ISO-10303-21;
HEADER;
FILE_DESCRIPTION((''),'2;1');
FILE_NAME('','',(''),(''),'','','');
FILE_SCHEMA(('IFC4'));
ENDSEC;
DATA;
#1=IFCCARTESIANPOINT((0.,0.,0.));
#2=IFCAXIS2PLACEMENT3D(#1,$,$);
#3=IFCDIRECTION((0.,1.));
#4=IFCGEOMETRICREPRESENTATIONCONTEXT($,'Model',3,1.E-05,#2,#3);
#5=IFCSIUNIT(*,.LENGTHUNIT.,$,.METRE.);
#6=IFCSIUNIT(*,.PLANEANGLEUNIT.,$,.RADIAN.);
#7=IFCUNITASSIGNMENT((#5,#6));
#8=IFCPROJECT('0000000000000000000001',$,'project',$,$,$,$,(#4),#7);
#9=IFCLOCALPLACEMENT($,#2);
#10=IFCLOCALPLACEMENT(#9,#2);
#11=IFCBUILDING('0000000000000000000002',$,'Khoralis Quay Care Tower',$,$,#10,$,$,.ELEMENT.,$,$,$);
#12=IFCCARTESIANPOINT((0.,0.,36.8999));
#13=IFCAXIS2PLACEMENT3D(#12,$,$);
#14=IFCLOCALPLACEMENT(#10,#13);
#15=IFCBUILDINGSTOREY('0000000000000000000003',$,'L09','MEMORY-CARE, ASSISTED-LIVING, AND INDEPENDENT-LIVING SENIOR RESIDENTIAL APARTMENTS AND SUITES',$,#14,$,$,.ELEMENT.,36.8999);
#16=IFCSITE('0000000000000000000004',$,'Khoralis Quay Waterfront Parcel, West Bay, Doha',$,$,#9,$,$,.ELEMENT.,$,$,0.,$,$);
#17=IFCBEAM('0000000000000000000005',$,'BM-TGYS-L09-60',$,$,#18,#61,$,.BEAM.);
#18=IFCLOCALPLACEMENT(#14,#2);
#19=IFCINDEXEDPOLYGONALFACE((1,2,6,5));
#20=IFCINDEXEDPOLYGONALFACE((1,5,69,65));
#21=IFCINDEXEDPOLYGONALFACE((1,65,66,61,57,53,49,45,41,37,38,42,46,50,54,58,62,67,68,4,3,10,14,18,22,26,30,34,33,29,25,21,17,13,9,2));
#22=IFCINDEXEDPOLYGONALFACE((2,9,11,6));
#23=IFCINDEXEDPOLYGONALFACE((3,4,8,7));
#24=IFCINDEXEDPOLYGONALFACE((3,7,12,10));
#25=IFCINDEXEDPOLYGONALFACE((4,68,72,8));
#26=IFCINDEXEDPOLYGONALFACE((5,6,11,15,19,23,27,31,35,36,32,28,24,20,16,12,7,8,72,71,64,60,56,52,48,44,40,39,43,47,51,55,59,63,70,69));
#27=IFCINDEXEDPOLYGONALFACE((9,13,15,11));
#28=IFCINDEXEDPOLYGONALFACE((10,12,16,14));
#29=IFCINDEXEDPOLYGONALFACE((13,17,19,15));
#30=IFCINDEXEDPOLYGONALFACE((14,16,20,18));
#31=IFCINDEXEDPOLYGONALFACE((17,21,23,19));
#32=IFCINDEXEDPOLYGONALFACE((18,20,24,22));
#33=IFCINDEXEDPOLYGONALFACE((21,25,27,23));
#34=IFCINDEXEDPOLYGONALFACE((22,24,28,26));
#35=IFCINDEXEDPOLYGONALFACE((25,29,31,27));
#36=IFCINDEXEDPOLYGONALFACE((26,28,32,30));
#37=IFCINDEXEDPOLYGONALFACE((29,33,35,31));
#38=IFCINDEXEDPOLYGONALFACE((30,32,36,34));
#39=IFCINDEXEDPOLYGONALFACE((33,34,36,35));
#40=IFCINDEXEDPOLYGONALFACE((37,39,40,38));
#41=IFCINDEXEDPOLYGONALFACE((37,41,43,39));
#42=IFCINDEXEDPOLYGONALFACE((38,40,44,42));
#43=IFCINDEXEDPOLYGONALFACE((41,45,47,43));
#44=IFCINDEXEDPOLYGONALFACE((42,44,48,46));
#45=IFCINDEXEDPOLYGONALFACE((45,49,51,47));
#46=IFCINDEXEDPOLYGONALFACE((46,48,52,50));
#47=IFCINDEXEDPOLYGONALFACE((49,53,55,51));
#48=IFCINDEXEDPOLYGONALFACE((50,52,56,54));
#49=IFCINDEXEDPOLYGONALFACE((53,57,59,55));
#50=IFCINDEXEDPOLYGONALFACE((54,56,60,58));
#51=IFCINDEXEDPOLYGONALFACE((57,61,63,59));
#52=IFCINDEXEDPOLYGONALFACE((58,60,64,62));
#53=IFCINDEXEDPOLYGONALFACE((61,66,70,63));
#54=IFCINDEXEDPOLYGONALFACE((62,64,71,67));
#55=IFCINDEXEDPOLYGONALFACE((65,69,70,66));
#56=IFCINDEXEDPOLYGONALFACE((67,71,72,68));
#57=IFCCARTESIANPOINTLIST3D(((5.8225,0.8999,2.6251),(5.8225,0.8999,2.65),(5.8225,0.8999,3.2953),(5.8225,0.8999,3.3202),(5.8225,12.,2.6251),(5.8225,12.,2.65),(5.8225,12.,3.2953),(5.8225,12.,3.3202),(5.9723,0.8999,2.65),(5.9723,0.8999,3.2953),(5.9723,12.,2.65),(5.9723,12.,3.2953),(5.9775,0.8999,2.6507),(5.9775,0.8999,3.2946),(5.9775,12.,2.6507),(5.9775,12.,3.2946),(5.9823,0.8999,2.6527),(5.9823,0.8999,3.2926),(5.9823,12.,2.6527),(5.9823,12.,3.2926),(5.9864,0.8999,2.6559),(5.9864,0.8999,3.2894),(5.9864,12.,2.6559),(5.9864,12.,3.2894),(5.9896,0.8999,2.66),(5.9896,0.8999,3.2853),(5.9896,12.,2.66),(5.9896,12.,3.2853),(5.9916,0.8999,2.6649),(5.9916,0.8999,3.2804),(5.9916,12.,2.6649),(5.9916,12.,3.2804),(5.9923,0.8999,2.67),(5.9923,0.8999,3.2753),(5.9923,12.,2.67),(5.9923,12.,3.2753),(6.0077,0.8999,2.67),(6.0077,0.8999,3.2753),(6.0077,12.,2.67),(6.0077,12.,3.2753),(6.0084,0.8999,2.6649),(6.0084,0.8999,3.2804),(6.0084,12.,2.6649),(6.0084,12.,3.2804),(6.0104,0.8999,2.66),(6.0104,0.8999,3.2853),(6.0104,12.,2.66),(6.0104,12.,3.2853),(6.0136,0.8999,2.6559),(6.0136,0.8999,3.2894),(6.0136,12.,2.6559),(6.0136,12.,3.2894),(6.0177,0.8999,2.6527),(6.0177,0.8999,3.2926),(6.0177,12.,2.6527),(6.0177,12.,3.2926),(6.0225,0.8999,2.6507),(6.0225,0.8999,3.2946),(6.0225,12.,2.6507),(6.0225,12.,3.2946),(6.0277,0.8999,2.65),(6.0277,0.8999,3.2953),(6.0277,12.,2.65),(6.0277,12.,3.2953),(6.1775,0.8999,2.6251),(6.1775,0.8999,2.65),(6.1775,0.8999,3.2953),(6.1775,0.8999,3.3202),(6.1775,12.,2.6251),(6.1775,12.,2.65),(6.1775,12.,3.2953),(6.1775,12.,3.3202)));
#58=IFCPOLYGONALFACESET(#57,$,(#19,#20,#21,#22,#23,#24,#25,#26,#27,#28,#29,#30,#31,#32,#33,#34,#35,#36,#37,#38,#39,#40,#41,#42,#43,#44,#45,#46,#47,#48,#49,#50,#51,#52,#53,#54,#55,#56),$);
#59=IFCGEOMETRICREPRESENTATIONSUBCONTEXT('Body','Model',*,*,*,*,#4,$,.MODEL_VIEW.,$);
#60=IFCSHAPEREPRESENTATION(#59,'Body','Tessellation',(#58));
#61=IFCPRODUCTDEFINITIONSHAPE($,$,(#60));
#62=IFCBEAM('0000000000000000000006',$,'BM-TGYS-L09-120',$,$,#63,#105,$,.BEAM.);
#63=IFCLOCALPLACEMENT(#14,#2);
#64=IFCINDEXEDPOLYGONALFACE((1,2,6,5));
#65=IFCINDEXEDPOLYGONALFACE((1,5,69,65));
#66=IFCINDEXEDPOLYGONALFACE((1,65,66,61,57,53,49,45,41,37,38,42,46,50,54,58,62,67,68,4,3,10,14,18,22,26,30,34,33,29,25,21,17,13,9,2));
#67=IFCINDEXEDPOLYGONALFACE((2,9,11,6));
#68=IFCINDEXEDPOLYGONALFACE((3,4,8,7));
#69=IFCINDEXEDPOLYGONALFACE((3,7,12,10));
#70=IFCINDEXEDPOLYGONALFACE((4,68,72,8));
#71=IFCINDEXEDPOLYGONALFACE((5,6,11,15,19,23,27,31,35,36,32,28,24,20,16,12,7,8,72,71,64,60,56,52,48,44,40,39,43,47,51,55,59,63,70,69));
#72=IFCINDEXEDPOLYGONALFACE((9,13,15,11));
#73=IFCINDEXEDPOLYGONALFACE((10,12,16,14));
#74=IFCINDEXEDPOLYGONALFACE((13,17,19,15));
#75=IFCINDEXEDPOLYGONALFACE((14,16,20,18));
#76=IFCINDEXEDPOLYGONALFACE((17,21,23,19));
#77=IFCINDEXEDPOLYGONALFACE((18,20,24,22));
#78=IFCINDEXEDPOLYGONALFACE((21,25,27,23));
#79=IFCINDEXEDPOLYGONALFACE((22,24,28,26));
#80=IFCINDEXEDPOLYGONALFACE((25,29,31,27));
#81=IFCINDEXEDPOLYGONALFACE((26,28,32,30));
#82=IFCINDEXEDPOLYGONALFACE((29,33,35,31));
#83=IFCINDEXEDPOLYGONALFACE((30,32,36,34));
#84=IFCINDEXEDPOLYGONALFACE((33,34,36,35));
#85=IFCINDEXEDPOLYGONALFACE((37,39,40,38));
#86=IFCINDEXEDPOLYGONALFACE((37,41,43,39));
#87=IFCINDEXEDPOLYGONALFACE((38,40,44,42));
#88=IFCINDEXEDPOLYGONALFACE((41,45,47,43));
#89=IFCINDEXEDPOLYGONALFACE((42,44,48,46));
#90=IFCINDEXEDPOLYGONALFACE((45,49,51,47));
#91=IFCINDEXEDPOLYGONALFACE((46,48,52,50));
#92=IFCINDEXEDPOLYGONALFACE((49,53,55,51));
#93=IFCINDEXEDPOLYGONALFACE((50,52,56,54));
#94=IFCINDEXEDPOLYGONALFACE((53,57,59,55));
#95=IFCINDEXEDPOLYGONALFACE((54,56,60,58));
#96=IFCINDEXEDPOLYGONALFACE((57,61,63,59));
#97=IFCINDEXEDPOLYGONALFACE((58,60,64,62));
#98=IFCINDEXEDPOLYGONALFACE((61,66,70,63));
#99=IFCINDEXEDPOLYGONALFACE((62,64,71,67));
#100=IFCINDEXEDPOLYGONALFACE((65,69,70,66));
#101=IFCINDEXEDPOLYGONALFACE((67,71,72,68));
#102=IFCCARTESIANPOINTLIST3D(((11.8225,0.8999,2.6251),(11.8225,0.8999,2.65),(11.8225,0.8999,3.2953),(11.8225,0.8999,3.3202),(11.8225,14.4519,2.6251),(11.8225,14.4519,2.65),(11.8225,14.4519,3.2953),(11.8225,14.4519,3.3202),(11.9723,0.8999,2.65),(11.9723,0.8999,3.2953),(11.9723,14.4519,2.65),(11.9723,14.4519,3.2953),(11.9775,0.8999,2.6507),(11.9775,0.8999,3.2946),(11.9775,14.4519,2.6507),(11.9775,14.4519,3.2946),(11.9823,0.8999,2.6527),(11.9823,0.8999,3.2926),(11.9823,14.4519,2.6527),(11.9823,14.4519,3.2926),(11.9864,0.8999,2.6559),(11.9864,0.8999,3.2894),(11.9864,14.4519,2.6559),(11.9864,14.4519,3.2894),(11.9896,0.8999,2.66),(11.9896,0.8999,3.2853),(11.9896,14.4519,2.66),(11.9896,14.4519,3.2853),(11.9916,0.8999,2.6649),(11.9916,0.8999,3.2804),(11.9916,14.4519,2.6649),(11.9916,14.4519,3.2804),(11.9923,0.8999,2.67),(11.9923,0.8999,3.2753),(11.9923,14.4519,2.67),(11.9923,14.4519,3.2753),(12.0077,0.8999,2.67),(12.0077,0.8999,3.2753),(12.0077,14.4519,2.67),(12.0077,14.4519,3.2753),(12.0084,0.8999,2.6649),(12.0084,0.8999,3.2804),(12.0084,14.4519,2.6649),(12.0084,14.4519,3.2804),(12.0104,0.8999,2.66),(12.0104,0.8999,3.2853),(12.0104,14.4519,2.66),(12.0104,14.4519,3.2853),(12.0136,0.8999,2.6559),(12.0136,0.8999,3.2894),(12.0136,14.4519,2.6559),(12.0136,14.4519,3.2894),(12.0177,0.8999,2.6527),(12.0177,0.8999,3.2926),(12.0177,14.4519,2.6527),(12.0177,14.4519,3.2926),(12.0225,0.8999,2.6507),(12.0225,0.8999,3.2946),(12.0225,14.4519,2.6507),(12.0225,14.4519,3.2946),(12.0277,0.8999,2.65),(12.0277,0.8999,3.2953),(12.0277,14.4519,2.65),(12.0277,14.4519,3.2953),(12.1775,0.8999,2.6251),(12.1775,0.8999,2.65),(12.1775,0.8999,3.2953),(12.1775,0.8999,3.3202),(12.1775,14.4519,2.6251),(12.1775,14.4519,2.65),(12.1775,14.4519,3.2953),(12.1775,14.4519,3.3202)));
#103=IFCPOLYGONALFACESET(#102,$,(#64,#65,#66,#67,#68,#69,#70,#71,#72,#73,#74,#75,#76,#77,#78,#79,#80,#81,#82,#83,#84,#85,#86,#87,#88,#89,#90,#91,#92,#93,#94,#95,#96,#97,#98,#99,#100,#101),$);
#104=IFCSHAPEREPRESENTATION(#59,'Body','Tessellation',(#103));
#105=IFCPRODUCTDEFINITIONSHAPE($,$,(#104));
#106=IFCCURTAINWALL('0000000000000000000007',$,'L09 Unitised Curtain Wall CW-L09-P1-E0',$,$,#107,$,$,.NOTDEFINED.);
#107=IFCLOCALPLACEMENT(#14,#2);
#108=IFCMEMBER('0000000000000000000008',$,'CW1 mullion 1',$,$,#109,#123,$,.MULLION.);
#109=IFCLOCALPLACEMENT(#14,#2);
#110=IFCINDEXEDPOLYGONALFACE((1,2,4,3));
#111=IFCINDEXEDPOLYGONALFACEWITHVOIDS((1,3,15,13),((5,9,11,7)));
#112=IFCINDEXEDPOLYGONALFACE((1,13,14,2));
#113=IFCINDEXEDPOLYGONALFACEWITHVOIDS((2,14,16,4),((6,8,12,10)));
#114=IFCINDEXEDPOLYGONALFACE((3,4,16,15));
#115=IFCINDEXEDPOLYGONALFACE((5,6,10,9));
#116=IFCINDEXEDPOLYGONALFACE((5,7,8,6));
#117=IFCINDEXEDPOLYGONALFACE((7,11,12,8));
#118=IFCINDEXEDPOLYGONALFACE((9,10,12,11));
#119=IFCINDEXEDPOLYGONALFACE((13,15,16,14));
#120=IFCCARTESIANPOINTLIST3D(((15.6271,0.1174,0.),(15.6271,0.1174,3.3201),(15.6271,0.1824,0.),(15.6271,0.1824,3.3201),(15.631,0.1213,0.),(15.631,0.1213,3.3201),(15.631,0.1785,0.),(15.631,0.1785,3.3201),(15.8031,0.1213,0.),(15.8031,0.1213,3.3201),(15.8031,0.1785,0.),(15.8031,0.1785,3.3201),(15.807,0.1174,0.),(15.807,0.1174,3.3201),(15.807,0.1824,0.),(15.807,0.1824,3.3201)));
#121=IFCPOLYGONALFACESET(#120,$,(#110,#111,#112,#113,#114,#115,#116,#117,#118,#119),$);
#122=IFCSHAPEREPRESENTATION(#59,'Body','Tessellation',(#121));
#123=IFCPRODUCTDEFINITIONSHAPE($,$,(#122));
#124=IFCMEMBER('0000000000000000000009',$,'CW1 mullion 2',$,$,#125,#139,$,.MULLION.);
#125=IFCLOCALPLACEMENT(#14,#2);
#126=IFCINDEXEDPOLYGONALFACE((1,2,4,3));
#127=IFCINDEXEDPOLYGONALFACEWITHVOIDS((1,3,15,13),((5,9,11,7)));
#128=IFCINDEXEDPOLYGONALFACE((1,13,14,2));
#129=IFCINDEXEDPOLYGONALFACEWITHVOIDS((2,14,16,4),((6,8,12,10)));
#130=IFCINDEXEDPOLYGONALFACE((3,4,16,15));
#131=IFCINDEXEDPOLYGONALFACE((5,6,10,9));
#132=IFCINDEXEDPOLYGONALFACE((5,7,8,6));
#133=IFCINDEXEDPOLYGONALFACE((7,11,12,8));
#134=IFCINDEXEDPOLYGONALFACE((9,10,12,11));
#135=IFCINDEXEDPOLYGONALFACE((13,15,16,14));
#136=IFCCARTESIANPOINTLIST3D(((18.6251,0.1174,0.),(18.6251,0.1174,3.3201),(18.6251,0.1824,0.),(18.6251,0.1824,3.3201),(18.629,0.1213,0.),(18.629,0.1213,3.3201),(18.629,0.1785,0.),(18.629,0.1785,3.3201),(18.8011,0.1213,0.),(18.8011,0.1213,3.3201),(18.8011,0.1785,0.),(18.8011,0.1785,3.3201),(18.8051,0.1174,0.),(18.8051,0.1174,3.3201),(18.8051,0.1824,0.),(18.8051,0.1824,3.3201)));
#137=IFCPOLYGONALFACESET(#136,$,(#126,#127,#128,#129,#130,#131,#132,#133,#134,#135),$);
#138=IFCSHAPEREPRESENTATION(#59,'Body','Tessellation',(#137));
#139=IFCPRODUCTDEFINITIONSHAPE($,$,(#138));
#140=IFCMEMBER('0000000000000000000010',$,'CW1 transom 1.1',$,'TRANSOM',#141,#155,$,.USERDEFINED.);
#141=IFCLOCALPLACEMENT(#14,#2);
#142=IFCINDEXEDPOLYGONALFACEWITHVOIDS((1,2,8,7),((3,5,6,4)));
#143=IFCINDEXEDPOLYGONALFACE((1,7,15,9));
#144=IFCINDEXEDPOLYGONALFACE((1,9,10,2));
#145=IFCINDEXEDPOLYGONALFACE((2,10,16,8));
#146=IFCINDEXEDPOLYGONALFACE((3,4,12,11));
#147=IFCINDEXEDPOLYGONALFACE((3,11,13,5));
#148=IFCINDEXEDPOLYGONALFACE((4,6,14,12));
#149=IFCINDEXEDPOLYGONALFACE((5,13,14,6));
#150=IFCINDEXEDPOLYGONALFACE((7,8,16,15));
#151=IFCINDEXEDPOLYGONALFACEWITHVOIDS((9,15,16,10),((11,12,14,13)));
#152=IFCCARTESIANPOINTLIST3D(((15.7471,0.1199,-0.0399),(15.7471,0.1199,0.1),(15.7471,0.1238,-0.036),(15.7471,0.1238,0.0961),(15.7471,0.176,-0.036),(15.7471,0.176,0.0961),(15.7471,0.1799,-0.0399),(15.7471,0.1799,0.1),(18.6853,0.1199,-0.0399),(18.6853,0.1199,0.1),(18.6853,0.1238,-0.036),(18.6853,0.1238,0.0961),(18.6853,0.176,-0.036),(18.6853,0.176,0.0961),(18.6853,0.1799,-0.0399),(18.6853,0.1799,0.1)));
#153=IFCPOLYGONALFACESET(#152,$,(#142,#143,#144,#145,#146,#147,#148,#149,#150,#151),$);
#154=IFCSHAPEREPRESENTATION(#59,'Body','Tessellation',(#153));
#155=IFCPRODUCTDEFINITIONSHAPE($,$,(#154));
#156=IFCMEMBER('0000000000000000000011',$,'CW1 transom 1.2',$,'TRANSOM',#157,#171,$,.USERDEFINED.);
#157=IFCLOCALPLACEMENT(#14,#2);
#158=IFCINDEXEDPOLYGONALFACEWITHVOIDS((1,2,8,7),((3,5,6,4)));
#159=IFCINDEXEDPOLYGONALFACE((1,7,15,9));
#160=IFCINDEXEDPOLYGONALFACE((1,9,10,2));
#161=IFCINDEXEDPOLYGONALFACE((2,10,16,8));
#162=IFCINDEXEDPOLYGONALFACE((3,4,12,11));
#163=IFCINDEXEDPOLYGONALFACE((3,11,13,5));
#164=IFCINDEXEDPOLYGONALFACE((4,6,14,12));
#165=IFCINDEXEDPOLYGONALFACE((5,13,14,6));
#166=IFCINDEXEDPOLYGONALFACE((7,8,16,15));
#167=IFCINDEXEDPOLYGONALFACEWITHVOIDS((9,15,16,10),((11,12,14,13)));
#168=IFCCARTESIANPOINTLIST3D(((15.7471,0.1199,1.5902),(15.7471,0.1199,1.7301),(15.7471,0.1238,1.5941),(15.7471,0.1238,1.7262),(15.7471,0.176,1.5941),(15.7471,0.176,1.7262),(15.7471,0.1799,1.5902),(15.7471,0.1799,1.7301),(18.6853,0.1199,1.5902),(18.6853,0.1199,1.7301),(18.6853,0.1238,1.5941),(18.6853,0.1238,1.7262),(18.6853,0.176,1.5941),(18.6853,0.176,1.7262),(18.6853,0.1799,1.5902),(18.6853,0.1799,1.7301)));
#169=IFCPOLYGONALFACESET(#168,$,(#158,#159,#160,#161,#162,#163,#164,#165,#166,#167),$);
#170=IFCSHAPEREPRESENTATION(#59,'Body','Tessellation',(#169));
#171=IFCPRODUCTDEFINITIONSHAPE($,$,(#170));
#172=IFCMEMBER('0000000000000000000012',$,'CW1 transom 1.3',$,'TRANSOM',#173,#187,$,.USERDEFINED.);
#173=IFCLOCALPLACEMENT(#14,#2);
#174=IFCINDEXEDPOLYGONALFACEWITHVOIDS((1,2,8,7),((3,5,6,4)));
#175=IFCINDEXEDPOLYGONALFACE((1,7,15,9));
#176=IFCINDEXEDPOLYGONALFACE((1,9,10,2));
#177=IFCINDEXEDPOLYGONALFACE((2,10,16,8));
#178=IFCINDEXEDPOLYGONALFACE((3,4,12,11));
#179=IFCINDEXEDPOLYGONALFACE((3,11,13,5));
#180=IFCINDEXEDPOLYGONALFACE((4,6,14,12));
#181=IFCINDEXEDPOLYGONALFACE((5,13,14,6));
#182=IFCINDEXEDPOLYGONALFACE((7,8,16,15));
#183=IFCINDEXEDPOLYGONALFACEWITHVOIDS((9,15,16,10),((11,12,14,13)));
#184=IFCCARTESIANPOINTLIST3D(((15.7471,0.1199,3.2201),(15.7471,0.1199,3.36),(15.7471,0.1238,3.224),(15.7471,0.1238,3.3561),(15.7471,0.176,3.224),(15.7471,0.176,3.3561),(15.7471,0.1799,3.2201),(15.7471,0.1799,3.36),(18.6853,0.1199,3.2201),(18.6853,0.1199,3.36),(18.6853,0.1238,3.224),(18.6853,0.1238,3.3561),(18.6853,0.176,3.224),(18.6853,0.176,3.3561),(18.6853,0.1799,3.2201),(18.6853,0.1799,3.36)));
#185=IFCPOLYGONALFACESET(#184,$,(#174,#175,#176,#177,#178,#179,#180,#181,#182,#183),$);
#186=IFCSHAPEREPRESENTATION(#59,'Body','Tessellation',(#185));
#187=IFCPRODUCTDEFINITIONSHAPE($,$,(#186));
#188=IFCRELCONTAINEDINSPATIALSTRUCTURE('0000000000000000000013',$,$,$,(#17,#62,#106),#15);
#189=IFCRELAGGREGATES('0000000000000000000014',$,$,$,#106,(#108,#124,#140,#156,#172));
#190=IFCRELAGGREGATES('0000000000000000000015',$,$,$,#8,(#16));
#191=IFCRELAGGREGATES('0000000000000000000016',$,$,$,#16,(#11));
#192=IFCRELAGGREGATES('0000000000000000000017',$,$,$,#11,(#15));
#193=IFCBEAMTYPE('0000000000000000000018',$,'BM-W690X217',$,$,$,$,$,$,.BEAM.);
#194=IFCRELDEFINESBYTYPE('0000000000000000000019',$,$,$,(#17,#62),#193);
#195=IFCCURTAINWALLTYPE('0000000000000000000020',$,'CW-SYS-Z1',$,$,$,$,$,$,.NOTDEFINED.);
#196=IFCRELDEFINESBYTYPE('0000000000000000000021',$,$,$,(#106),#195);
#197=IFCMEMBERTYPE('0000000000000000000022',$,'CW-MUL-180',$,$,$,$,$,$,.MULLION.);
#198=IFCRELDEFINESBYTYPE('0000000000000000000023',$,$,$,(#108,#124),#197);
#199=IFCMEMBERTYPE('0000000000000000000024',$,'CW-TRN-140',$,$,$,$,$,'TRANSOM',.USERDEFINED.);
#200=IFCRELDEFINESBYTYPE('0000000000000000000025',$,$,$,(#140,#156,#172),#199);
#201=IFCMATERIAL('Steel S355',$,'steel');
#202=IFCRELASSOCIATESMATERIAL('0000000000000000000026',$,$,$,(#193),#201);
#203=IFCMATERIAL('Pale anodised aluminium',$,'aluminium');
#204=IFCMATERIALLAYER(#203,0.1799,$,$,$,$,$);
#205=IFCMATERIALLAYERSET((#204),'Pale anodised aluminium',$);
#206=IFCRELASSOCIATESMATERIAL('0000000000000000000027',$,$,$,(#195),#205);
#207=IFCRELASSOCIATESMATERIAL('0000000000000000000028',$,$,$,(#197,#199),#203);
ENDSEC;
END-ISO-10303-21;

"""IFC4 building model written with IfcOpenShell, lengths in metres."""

from ifc_helpers import new_model, si_unit, direction, frame, origin, origin_2d, place, context, subcontext, project, spatial, hollow_rectangle, i_section, extrude, source, transform, mapped, material, layer, layer_set, material_profile, profile_set, type_object, element, aggregate, save


model = new_model("IFC4")

# Units and contexts
model_context = context("Model", 3, precision=1e-05, world=origin(), true_north=direction((0.0, 1.0)))
body_context = subcontext(model_context, "Body", "Model", "MODEL_VIEW")
ifc_project = project(units=[si_unit("LENGTHUNIT", "METRE"), si_unit("PLANEANGLEUNIT", "RADIAN")], contexts=[model_context])

# Site, building, storey
site_placement = place(None, origin())
site = spatial("IfcSite", under=ifc_project, at=site_placement, Name="Khoralis Quay Waterfront Parcel, West Bay, Doha", CompositionType="ELEMENT", RefElevation=0.0)
building_placement = place(site_placement, origin())
building = spatial("IfcBuilding", under=site, at=building_placement, Name="Khoralis Quay Care Tower", CompositionType="ELEMENT")
storey_placement = place(building_placement, frame((0.0, 0.0, 36.8999)))
storey = spatial("IfcBuildingStorey", under=building, at=storey_placement, Name="L09", Description="MEMORY-CARE, ASSISTED-LIVING, AND INDEPENDENT-LIVING SENIOR RESIDENTIAL APARTMENTS AND SUITES", CompositionType="ELEMENT", Elevation=36.8999)

# Beams
ifc_material_1 = material(Name="Steel S355", Category="steel")
ifc_material_profile_1 = material_profile(ifc_material_1, i_section(OverallWidth=0.355, OverallDepth=0.6951, WebThickness=0.0154, FlangeThickness=0.0249, FilletRadius=0.02, at=origin_2d()), Name="Steel S355")
ifc_profile_set_1 = profile_set([ifc_material_profile_1], Name="Steel S355")
beam_type_1 = type_object("IfcBeamType", Name="BM-W690X217", PredefinedType="BEAM", material=ifc_profile_set_1)
shared_shape_1 = source(origin(), body_context, "Body", "SweptSolid", [
    extrude(i_section(OverallWidth=0.355, OverallDepth=0.6951, WebThickness=0.0154, FlangeThickness=0.0249, FilletRadius=0.02, at=origin_2d()), origin(), (0.0, 0.0, 1.0), 11.1001),
])
beam_1_placement = place(storey_placement, frame((6.0, 0.8999, 2.9727), z_axis=(0.0, 1.0, 0.0), x_axis=(-1.0, 0.0, 0.0)))
element("IfcBeam", 1, at=beam_1_placement, inside=storey, type_object=beam_type_1, Name="BM-TGYS-L09-60", PredefinedType="BEAM", context=body_context, shape_type="MappedRepresentation", body=[
    mapped(shared_shape_1, transform((0.0, 0.0, 0.0), scale=1.0)),
])
shared_shape_2 = source(origin(), body_context, "Body", "SweptSolid", [
    extrude(i_section(OverallWidth=0.355, OverallDepth=0.6951, WebThickness=0.0154, FlangeThickness=0.0249, FilletRadius=0.02, at=origin_2d()), origin(), (0.0, 0.0, 1.0), 13.552),
])
beam_2_placement = place(storey_placement, frame((12.0, 0.8999, 2.9727), z_axis=(0.0, 1.0, 0.0), x_axis=(-1.0, 0.0, 0.0)))
element("IfcBeam", 2, at=beam_2_placement, inside=storey, type_object=beam_type_1, Name="BM-TGYS-L09-120", PredefinedType="BEAM", context=body_context, shape_type="MappedRepresentation", body=[
    mapped(shared_shape_2, transform((0.0, 0.0, 0.0), scale=1.0)),
])

# Curtain wall, members
ifc_material_2 = material(Name="Pale anodised aluminium", Category="aluminium")
ifc_layer_1 = layer(ifc_material_2, 0.1799)
ifc_layer_set_1 = layer_set([ifc_layer_1], Name="Pale anodised aluminium")
curtain_wall_type = type_object("IfcCurtainWallType", Name="CW-SYS-Z1", PredefinedType="NOTDEFINED", material=ifc_layer_set_1)
curtain_wall_placement = place(storey_placement, origin())
curtain_wall = element("IfcCurtainWall", 3, at=curtain_wall_placement, inside=storey, type_object=curtain_wall_type, Name="L09 Unitised Curtain Wall CW-L09-P1-E0", PredefinedType="NOTDEFINED")
ifc_material_profile_2 = material_profile(ifc_material_2, hollow_rectangle(XDim=0.0649, YDim=0.1799, WallThickness=0.0039, at=origin_2d()), Name="Pale anodised aluminium")
ifc_profile_set_2 = profile_set([ifc_material_profile_2], Name="Pale anodised aluminium")
member_type_1 = type_object("IfcMemberType", Name="CW-MUL-180", PredefinedType="MULLION", material=ifc_profile_set_2)
shared_shape_3 = source(origin(), body_context, "Body", "SweptSolid", [
    extrude(hollow_rectangle(XDim=0.0649, YDim=0.1799, WallThickness=0.0039, at=origin_2d()), origin(), (0.0, 0.0, 1.0), 3.3201),
])
member_1_placement = place(storey_placement, frame((15.717, 0.1499, 0.0), z_axis=(0.0, 0.0, 1.0), x_axis=(0.0, 1.0, 0.0)))
member_1 = element("IfcMember", 4, at=member_1_placement, type_object=member_type_1, Name="CW1 mullion 1", PredefinedType="MULLION", context=body_context, shape_type="MappedRepresentation", body=[
    mapped(shared_shape_3, transform((0.0, 0.0, 0.0), scale=1.0)),
])
member_2_placement = place(storey_placement, frame((18.7151, 0.1499, 0.0), z_axis=(0.0, 0.0, 1.0), x_axis=(0.0, 1.0, 0.0)))
member_2 = element("IfcMember", 5, at=member_2_placement, type_object=member_type_1, Name="CW1 mullion 2", PredefinedType="MULLION", context=body_context, shape_type="MappedRepresentation", body=[
    mapped(shared_shape_3, transform((0.0, 0.0, 0.0), scale=1.0)),
])
ifc_material_profile_3 = material_profile(ifc_material_2, hollow_rectangle(XDim=0.0601, YDim=0.1399, WallThickness=0.0039, at=origin_2d()), Name="Pale anodised aluminium")
ifc_profile_set_3 = profile_set([ifc_material_profile_3], Name="Pale anodised aluminium")
member_type_2 = type_object("IfcMemberType", Name="CW-TRN-140", ElementType="TRANSOM", PredefinedType="USERDEFINED", material=ifc_profile_set_3)
shared_shape_4 = source(origin(), body_context, "Body", "SweptSolid", [
    extrude(hollow_rectangle(XDim=0.0601, YDim=0.1399, WallThickness=0.0039, at=origin_2d()), origin(), (0.0, 0.0, 1.0), 2.9382),
])
member_3_placement = place(storey_placement, frame((15.7471, 0.1499, 0.03), z_axis=(1.0, 0.0, 0.0), x_axis=(0.0, 1.0, 0.0)))
member_3 = element("IfcMember", 6, at=member_3_placement, type_object=member_type_2, Name="CW1 transom 1.1", ObjectType="TRANSOM", PredefinedType="USERDEFINED", context=body_context, shape_type="MappedRepresentation", body=[
    mapped(shared_shape_4, transform((0.0, 0.0, 0.0), scale=1.0)),
])
member_4_placement = place(storey_placement, frame((15.7471, 0.1499, 1.6602), z_axis=(1.0, 0.0, 0.0), x_axis=(0.0, 1.0, 0.0)))
member_4 = element("IfcMember", 7, at=member_4_placement, type_object=member_type_2, Name="CW1 transom 1.2", ObjectType="TRANSOM", PredefinedType="USERDEFINED", context=body_context, shape_type="MappedRepresentation", body=[
    mapped(shared_shape_4, transform((0.0, 0.0, 0.0), scale=1.0)),
])
member_5_placement = place(storey_placement, frame((15.7471, 0.1499, 3.29), z_axis=(1.0, 0.0, 0.0), x_axis=(0.0, 1.0, 0.0)))
member_5 = element("IfcMember", 8, at=member_5_placement, type_object=member_type_2, Name="CW1 transom 1.3", ObjectType="TRANSOM", PredefinedType="USERDEFINED", context=body_context, shape_type="MappedRepresentation", body=[
    mapped(shared_shape_4, transform((0.0, 0.0, 0.0), scale=1.0)),
])
aggregate(curtain_wall, [member_1, member_2, member_3, member_4, member_5])

save(model, "model.ifc")
